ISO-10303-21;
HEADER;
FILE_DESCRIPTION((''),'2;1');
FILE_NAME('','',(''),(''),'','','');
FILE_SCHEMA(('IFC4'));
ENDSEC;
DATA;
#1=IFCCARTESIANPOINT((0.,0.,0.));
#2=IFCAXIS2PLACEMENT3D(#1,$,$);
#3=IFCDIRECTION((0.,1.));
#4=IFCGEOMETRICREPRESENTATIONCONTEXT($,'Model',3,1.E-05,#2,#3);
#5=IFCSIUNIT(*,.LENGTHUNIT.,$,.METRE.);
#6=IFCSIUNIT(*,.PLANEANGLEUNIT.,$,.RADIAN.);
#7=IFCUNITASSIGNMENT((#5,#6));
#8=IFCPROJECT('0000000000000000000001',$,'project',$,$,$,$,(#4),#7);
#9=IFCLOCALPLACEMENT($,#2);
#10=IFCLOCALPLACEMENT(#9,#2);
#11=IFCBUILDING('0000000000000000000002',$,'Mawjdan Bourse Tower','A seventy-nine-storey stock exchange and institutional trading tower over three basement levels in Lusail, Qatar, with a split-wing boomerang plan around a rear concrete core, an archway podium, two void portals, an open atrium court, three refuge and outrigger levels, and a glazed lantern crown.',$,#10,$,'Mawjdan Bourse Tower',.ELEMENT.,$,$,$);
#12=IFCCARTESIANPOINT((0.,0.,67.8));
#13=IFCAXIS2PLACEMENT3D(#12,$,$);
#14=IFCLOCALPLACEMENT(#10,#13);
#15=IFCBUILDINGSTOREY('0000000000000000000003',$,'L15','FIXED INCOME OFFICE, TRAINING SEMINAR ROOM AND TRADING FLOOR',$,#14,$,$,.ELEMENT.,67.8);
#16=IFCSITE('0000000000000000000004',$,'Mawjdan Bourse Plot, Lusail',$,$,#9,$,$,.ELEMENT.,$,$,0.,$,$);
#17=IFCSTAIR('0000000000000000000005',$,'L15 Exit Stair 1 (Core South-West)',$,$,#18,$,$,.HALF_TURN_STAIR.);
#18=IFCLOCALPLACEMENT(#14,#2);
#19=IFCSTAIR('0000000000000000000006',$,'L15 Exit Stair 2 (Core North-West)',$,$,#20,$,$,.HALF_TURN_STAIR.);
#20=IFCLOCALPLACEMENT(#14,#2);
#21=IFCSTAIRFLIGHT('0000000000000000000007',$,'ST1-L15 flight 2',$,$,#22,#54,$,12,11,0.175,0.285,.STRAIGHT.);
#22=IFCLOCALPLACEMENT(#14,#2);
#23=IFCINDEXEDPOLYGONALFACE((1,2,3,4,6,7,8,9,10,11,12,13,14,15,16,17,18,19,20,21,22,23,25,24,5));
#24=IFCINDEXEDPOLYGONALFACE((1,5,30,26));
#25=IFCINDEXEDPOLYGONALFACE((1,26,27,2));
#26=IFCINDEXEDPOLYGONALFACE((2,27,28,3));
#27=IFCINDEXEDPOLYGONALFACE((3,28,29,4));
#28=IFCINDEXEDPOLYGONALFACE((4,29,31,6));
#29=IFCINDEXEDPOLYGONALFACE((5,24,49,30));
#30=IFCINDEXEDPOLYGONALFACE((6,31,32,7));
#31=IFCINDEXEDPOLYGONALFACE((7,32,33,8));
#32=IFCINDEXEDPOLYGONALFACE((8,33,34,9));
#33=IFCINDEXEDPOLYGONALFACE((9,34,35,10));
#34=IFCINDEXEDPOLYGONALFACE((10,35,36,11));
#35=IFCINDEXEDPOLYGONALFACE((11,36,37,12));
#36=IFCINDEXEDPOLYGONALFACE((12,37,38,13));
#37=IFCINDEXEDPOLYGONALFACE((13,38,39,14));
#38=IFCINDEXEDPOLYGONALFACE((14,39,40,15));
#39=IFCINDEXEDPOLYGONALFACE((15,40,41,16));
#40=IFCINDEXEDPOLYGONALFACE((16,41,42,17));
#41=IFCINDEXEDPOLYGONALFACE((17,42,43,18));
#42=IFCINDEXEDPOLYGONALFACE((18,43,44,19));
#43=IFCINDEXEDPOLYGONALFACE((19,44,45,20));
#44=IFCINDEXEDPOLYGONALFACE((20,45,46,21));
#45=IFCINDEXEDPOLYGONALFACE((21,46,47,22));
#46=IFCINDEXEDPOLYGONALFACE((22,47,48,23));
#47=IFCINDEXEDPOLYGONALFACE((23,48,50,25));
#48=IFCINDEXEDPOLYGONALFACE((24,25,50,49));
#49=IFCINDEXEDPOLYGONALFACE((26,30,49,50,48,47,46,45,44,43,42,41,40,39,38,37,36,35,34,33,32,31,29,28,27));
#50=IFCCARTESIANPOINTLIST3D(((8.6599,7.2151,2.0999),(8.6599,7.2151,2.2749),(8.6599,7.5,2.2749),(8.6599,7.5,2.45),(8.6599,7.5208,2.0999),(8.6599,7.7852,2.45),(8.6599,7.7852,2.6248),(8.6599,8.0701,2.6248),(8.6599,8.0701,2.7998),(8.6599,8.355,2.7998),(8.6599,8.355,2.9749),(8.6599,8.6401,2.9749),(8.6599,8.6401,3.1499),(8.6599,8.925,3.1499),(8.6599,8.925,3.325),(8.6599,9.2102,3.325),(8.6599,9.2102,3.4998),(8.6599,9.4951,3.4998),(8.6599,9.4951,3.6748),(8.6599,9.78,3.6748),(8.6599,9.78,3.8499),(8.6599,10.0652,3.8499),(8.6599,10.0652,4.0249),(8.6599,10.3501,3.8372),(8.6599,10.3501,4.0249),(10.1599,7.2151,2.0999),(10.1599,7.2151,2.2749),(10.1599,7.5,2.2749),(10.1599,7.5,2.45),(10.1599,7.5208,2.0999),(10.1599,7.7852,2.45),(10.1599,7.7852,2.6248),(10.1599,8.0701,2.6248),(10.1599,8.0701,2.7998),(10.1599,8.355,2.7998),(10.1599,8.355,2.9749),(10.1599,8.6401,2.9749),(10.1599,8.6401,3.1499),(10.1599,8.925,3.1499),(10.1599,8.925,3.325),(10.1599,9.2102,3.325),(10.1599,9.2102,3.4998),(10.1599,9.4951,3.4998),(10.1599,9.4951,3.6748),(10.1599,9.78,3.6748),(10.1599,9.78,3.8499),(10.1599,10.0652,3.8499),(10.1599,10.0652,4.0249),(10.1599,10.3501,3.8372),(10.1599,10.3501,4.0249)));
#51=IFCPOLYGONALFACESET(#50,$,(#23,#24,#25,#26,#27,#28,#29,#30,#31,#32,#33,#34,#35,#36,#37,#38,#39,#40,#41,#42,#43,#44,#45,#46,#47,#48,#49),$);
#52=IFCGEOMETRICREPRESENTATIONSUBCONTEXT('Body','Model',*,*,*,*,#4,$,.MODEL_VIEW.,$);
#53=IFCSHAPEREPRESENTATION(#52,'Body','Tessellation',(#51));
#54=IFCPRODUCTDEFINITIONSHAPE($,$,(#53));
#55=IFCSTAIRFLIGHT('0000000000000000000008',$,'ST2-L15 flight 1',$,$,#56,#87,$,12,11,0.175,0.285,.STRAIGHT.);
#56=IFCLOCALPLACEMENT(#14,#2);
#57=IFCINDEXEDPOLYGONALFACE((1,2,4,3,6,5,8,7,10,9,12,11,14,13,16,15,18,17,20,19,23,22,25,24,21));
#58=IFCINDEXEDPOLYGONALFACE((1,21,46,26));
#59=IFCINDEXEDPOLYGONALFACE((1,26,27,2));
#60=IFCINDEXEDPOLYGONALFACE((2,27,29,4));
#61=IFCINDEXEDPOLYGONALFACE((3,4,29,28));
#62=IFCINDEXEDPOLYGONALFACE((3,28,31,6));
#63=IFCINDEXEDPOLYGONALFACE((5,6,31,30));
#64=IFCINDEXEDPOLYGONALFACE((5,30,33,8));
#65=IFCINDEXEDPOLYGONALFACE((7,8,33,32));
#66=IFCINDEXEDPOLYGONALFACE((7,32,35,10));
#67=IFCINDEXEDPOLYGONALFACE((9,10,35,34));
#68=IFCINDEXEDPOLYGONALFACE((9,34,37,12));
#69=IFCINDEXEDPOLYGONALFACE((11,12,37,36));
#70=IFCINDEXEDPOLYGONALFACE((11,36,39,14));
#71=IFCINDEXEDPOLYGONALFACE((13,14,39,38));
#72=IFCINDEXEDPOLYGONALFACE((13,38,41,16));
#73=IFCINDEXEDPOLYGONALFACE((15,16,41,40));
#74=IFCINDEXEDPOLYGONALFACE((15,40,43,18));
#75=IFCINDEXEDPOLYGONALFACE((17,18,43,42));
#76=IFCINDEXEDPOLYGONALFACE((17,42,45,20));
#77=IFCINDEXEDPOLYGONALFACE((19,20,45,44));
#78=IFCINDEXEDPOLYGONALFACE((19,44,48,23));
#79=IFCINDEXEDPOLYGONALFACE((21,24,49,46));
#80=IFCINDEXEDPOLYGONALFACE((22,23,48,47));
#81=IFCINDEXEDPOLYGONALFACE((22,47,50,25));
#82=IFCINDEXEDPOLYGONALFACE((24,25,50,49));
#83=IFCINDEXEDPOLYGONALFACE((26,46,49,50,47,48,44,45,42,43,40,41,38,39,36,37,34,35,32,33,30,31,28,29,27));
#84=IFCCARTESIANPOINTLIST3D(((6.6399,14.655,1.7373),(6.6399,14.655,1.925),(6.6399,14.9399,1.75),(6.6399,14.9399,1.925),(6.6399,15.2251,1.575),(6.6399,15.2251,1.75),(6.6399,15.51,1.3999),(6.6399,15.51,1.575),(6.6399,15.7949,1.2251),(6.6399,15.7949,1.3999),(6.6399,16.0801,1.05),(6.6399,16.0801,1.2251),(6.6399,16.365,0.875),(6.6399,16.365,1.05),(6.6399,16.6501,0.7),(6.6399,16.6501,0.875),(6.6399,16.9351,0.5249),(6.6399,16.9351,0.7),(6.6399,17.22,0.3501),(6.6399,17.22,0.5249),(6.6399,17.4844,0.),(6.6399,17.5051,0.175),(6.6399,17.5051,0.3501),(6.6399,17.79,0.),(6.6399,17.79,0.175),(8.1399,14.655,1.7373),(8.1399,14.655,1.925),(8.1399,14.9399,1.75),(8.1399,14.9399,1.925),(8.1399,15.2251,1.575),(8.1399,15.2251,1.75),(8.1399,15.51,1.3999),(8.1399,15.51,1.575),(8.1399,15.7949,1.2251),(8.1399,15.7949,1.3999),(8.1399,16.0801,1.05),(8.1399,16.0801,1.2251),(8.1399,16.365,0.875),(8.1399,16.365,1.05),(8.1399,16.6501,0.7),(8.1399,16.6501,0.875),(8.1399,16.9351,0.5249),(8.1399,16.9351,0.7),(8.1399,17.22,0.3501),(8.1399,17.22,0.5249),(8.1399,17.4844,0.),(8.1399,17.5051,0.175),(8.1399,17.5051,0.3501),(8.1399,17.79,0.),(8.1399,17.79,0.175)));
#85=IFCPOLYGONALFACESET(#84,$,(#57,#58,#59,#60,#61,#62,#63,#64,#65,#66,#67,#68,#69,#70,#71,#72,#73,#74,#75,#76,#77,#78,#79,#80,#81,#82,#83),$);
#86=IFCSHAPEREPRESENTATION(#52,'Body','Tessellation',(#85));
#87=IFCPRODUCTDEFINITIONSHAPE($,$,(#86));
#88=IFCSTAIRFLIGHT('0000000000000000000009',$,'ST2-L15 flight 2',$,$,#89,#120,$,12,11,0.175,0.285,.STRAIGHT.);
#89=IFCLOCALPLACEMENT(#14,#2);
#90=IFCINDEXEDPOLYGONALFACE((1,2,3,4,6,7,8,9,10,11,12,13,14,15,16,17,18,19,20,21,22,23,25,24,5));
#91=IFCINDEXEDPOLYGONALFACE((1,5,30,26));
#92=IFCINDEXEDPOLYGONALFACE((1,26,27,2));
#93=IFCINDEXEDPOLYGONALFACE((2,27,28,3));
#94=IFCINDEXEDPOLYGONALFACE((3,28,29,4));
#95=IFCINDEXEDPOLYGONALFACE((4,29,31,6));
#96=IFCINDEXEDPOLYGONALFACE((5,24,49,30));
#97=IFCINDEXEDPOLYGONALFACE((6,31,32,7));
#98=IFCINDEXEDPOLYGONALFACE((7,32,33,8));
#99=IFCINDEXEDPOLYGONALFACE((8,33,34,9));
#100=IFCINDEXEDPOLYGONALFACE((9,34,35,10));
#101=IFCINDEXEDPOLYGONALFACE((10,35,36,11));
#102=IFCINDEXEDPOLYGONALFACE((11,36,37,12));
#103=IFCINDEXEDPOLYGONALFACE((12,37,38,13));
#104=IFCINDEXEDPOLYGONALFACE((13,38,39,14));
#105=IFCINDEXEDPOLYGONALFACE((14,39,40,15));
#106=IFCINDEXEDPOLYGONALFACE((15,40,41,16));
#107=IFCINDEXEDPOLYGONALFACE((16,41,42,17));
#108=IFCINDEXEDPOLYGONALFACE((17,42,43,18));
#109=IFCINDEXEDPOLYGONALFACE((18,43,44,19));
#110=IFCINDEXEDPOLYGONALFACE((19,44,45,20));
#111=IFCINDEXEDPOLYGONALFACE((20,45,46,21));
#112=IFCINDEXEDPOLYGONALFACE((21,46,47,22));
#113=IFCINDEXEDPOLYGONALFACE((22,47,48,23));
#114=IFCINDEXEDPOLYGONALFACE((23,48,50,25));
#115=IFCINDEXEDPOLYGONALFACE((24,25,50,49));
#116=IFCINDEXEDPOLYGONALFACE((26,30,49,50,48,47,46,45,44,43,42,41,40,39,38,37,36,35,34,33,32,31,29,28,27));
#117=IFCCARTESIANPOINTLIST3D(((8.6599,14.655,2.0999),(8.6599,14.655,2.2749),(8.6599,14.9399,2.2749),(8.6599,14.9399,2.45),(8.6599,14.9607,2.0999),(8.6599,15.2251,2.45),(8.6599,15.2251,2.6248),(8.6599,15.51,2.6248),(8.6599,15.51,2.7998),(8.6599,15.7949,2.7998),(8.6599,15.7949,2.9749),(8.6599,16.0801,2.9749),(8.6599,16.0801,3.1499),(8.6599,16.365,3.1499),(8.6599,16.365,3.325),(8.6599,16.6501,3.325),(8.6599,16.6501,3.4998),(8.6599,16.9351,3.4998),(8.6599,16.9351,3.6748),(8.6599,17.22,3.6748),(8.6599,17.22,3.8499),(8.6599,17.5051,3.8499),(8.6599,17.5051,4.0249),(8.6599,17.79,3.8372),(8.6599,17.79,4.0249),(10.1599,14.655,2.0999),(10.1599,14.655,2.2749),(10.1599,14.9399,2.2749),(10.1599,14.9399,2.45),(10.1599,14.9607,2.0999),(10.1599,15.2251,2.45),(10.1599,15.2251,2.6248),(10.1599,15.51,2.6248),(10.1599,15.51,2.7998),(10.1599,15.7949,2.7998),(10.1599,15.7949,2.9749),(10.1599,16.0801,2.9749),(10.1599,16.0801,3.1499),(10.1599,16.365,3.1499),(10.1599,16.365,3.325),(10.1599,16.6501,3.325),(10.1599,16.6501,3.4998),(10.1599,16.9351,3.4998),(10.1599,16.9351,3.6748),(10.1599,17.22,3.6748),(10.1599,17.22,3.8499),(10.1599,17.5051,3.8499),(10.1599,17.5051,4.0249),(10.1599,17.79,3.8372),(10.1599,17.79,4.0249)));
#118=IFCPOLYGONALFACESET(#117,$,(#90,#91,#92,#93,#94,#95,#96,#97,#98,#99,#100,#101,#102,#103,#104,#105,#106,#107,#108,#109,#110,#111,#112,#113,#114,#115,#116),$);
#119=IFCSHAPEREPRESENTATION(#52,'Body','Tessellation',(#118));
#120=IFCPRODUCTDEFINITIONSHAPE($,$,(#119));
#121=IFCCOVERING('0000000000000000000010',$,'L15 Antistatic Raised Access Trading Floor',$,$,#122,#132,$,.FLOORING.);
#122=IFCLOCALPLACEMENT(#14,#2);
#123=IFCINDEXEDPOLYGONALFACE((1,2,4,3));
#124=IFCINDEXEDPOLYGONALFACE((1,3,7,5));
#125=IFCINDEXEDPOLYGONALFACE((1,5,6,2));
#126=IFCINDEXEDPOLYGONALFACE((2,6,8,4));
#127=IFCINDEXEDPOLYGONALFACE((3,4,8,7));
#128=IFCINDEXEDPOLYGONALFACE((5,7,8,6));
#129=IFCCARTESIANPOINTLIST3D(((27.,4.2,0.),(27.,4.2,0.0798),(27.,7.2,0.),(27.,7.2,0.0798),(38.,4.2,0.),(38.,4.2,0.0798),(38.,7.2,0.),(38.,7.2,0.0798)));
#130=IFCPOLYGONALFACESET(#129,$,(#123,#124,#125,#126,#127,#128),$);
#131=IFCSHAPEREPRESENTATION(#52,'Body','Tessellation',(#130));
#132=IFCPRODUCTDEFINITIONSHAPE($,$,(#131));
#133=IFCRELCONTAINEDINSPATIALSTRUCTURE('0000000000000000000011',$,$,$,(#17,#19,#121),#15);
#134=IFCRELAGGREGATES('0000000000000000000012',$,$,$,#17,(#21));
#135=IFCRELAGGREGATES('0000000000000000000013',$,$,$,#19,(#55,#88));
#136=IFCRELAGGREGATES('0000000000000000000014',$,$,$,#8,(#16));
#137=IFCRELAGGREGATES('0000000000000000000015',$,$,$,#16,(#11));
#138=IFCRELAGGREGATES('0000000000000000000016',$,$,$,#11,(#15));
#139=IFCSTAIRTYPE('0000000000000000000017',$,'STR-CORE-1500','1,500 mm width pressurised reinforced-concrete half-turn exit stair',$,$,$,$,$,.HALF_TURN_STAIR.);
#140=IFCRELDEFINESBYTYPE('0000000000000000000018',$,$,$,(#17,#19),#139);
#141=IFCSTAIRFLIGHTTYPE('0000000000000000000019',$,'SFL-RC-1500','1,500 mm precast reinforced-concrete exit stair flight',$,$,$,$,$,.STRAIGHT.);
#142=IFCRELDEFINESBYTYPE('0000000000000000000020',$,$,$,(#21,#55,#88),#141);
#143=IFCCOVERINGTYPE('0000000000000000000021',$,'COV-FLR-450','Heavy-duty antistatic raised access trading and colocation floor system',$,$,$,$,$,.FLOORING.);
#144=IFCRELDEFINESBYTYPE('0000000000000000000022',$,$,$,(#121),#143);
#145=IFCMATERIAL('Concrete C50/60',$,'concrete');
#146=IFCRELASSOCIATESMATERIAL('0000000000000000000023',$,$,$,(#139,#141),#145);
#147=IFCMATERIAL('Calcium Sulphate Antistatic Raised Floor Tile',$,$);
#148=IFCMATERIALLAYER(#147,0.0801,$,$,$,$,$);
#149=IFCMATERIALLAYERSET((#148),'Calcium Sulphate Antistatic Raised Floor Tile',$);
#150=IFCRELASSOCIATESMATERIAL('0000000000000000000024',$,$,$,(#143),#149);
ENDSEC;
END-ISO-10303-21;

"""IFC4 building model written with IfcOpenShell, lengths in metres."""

from ifc_helpers import new_model, si_unit, direction, frame, origin, place, context, subcontext, project, spatial, polyline, outline, extrude, material, layer, layer_set, type_object, element, aggregate, save


model = new_model("IFC4")

# Units and contexts
model_context = context("Model", 3, precision=1e-05, world=origin(), true_north=direction((0.0, 1.0)))
body_context = subcontext(model_context, "Body", "Model", "MODEL_VIEW")
ifc_project = project(units=[si_unit("LENGTHUNIT", "METRE"), si_unit("PLANEANGLEUNIT", "RADIAN")], contexts=[model_context])

# Site, building, storey
site_placement = place(None, origin())
site = spatial("IfcSite", under=ifc_project, at=site_placement, Name="Mawjdan Bourse Plot, Lusail", CompositionType="ELEMENT", RefElevation=0.0)
building_placement = place(site_placement, origin())
building = spatial("IfcBuilding", under=site, at=building_placement, Name="Mawjdan Bourse Tower", Description="A seventy-nine-storey stock exchange and institutional trading tower over three basement levels in Lusail, Qatar, with a split-wing boomerang plan around a rear concrete core, an archway podium, two void portals, an open atrium court, three refuge and outrigger levels, and a glazed lantern crown.", LongName="Mawjdan Bourse Tower", CompositionType="ELEMENT")
storey_placement = place(building_placement, frame((0.0, 0.0, 67.8)))
storey = spatial("IfcBuildingStorey", under=building, at=storey_placement, Name="L15", Description="FIXED INCOME OFFICE, TRAINING SEMINAR ROOM AND TRADING FLOOR", CompositionType="ELEMENT", Elevation=67.8)

# Stairs
ifc_material_1 = material(Name="Concrete C50/60", Category="concrete")
stair_type = type_object("IfcStairType", Name="STR-CORE-1500", Description="1,500 mm width pressurised reinforced-concrete half-turn exit stair", PredefinedType="HALF_TURN_STAIR", material=ifc_material_1)
stair_1_placement = place(storey_placement, origin())
stair_1 = element("IfcStair", 1, at=stair_1_placement, inside=storey, type_object=stair_type, Name="L15 Exit Stair 1 (Core South-West)", PredefinedType="HALF_TURN_STAIR")
stair_2_placement = place(storey_placement, origin())
stair_2 = element("IfcStair", 2, at=stair_2_placement, inside=storey, type_object=stair_type, Name="L15 Exit Stair 2 (Core North-West)", PredefinedType="HALF_TURN_STAIR")

# Stair flights
stair_flight_type = type_object("IfcStairFlightType", Name="SFL-RC-1500", Description="1,500 mm precast reinforced-concrete exit stair flight", PredefinedType="STRAIGHT", material=ifc_material_1)
stair_flight_1_placement = place(storey_placement, frame((9.4099, 7.2151, 2.0999), z_axis=(0.0, 0.0, 1.0), x_axis=(0.0, 1.0, 0.0)))
stair_flight_1 = element("IfcStairFlight", 3, at=stair_flight_1_placement, type_object=stair_flight_type, Name="ST1-L15 flight 2", NumberOfRisers=12, NumberOfTreads=11, PredefinedType="STRAIGHT", RiserHeight=0.175, TreadLength=0.285, context=body_context, shape_type="SweptSolid", body=[
    extrude(outline(polyline([(0.0, 0.0), (0.0, 0.175), (0.2849, 0.175), (0.2849, 0.3501), (0.5701, 0.3501), (0.5701, 0.5249), (0.855, 0.5249), (0.855, 0.7), (1.1399, 0.7), (1.1399, 0.875), (1.425, 0.875), (1.425, 1.05), (1.71, 1.05), (1.71, 1.2251), (1.9951, 1.2251), (1.9951, 1.3999), (2.28, 1.3999), (2.28, 1.575), (2.5649, 1.575), (2.5649, 1.75), (2.8501, 1.75), (2.8501, 1.925), (3.135, 1.925), (3.135, 2.1001), (3.135, 1.7373), (0.3057, 0.0), (0.0, 0.0)])), frame((0.0, 0.75, 0.0), z_axis=(0.0, -1.0, 0.0), x_axis=(1.0, 0.0, 0.0)), (0.0, 0.0, 1.0), 1.5),
])
aggregate(stair_1, [stair_flight_1])
stair_flight_2_placement = place(storey_placement, frame((7.3899, 17.79, 0.0), z_axis=(0.0, 0.0, 1.0), x_axis=(0.0, -1.0, 0.0)))
stair_flight_2 = element("IfcStairFlight", 4, at=stair_flight_2_placement, type_object=stair_flight_type, Name="ST2-L15 flight 1", NumberOfRisers=12, NumberOfTreads=11, PredefinedType="STRAIGHT", RiserHeight=0.175, TreadLength=0.285, context=body_context, shape_type="SweptSolid", body=[
    extrude(outline(polyline([(0.0, 0.0), (0.0, 0.175), (0.2849, 0.175), (0.2849, 0.3501), (0.5701, 0.3501), (0.5701, 0.5249), (0.855, 0.5249), (0.855, 0.7), (1.1399, 0.7), (1.1399, 0.875), (1.425, 0.875), (1.425, 1.05), (1.71, 1.05), (1.71, 1.2251), (1.9951, 1.2251), (1.9951, 1.3999), (2.28, 1.3999), (2.28, 1.575), (2.5649, 1.575), (2.5649, 1.75), (2.8501, 1.75), (2.8501, 1.925), (3.135, 1.925), (3.135, 2.1001), (3.135, 1.7373), (0.3057, 0.0), (0.0, 0.0)])), frame((0.0, 0.75, 0.0), z_axis=(0.0, -1.0, 0.0), x_axis=(1.0, 0.0, 0.0)), (0.0, 0.0, 1.0), 1.5),
])
stair_flight_3_placement = place(storey_placement, frame((9.4099, 14.655, 2.0999), z_axis=(0.0, 0.0, 1.0), x_axis=(0.0, 1.0, 0.0)))
stair_flight_3 = element("IfcStairFlight", 5, at=stair_flight_3_placement, type_object=stair_flight_type, Name="ST2-L15 flight 2", NumberOfRisers=12, NumberOfTreads=11, PredefinedType="STRAIGHT", RiserHeight=0.175, TreadLength=0.285, context=body_context, shape_type="SweptSolid", body=[
    extrude(outline(polyline([(0.0, 0.0), (0.0, 0.175), (0.2849, 0.175), (0.2849, 0.3501), (0.5701, 0.3501), (0.5701, 0.5249), (0.855, 0.5249), (0.855, 0.7), (1.1399, 0.7), (1.1399, 0.875), (1.425, 0.875), (1.425, 1.05), (1.71, 1.05), (1.71, 1.2251), (1.9951, 1.2251), (1.9951, 1.3999), (2.28, 1.3999), (2.28, 1.575), (2.5649, 1.575), (2.5649, 1.75), (2.8501, 1.75), (2.8501, 1.925), (3.135, 1.925), (3.135, 2.1001), (3.135, 1.7373), (0.3057, 0.0), (0.0, 0.0)])), frame((0.0, 0.75, 0.0), z_axis=(0.0, -1.0, 0.0), x_axis=(1.0, 0.0, 0.0)), (0.0, 0.0, 1.0), 1.5),
])
aggregate(stair_2, [stair_flight_2, stair_flight_3])

# Covering
ifc_material_2 = material(Name="Calcium Sulphate Antistatic Raised Floor Tile")
ifc_layer_1 = layer(ifc_material_2, 0.0801)
ifc_layer_set_1 = layer_set([ifc_layer_1], Name="Calcium Sulphate Antistatic Raised Floor Tile")
covering_type = type_object("IfcCoveringType", Name="COV-FLR-450", Description="Heavy-duty antistatic raised access trading and colocation floor system", PredefinedType="FLOORING", material=ifc_layer_set_1)
covering_placement = place(storey_placement, origin())
element("IfcCovering", 6, at=covering_placement, inside=storey, type_object=covering_type, Name="L15 Antistatic Raised Access Trading Floor", PredefinedType="FLOORING", context=body_context, shape_type="SweptSolid", body=[
    extrude(outline(polyline([(27.0, 4.2), (38.0, 4.2), (38.0, 7.2), (27.0, 7.2), (27.0, 4.2)])), origin(), (0.0, 0.0, 1.0), 0.0798),
])

save(model, "model.ifc")
